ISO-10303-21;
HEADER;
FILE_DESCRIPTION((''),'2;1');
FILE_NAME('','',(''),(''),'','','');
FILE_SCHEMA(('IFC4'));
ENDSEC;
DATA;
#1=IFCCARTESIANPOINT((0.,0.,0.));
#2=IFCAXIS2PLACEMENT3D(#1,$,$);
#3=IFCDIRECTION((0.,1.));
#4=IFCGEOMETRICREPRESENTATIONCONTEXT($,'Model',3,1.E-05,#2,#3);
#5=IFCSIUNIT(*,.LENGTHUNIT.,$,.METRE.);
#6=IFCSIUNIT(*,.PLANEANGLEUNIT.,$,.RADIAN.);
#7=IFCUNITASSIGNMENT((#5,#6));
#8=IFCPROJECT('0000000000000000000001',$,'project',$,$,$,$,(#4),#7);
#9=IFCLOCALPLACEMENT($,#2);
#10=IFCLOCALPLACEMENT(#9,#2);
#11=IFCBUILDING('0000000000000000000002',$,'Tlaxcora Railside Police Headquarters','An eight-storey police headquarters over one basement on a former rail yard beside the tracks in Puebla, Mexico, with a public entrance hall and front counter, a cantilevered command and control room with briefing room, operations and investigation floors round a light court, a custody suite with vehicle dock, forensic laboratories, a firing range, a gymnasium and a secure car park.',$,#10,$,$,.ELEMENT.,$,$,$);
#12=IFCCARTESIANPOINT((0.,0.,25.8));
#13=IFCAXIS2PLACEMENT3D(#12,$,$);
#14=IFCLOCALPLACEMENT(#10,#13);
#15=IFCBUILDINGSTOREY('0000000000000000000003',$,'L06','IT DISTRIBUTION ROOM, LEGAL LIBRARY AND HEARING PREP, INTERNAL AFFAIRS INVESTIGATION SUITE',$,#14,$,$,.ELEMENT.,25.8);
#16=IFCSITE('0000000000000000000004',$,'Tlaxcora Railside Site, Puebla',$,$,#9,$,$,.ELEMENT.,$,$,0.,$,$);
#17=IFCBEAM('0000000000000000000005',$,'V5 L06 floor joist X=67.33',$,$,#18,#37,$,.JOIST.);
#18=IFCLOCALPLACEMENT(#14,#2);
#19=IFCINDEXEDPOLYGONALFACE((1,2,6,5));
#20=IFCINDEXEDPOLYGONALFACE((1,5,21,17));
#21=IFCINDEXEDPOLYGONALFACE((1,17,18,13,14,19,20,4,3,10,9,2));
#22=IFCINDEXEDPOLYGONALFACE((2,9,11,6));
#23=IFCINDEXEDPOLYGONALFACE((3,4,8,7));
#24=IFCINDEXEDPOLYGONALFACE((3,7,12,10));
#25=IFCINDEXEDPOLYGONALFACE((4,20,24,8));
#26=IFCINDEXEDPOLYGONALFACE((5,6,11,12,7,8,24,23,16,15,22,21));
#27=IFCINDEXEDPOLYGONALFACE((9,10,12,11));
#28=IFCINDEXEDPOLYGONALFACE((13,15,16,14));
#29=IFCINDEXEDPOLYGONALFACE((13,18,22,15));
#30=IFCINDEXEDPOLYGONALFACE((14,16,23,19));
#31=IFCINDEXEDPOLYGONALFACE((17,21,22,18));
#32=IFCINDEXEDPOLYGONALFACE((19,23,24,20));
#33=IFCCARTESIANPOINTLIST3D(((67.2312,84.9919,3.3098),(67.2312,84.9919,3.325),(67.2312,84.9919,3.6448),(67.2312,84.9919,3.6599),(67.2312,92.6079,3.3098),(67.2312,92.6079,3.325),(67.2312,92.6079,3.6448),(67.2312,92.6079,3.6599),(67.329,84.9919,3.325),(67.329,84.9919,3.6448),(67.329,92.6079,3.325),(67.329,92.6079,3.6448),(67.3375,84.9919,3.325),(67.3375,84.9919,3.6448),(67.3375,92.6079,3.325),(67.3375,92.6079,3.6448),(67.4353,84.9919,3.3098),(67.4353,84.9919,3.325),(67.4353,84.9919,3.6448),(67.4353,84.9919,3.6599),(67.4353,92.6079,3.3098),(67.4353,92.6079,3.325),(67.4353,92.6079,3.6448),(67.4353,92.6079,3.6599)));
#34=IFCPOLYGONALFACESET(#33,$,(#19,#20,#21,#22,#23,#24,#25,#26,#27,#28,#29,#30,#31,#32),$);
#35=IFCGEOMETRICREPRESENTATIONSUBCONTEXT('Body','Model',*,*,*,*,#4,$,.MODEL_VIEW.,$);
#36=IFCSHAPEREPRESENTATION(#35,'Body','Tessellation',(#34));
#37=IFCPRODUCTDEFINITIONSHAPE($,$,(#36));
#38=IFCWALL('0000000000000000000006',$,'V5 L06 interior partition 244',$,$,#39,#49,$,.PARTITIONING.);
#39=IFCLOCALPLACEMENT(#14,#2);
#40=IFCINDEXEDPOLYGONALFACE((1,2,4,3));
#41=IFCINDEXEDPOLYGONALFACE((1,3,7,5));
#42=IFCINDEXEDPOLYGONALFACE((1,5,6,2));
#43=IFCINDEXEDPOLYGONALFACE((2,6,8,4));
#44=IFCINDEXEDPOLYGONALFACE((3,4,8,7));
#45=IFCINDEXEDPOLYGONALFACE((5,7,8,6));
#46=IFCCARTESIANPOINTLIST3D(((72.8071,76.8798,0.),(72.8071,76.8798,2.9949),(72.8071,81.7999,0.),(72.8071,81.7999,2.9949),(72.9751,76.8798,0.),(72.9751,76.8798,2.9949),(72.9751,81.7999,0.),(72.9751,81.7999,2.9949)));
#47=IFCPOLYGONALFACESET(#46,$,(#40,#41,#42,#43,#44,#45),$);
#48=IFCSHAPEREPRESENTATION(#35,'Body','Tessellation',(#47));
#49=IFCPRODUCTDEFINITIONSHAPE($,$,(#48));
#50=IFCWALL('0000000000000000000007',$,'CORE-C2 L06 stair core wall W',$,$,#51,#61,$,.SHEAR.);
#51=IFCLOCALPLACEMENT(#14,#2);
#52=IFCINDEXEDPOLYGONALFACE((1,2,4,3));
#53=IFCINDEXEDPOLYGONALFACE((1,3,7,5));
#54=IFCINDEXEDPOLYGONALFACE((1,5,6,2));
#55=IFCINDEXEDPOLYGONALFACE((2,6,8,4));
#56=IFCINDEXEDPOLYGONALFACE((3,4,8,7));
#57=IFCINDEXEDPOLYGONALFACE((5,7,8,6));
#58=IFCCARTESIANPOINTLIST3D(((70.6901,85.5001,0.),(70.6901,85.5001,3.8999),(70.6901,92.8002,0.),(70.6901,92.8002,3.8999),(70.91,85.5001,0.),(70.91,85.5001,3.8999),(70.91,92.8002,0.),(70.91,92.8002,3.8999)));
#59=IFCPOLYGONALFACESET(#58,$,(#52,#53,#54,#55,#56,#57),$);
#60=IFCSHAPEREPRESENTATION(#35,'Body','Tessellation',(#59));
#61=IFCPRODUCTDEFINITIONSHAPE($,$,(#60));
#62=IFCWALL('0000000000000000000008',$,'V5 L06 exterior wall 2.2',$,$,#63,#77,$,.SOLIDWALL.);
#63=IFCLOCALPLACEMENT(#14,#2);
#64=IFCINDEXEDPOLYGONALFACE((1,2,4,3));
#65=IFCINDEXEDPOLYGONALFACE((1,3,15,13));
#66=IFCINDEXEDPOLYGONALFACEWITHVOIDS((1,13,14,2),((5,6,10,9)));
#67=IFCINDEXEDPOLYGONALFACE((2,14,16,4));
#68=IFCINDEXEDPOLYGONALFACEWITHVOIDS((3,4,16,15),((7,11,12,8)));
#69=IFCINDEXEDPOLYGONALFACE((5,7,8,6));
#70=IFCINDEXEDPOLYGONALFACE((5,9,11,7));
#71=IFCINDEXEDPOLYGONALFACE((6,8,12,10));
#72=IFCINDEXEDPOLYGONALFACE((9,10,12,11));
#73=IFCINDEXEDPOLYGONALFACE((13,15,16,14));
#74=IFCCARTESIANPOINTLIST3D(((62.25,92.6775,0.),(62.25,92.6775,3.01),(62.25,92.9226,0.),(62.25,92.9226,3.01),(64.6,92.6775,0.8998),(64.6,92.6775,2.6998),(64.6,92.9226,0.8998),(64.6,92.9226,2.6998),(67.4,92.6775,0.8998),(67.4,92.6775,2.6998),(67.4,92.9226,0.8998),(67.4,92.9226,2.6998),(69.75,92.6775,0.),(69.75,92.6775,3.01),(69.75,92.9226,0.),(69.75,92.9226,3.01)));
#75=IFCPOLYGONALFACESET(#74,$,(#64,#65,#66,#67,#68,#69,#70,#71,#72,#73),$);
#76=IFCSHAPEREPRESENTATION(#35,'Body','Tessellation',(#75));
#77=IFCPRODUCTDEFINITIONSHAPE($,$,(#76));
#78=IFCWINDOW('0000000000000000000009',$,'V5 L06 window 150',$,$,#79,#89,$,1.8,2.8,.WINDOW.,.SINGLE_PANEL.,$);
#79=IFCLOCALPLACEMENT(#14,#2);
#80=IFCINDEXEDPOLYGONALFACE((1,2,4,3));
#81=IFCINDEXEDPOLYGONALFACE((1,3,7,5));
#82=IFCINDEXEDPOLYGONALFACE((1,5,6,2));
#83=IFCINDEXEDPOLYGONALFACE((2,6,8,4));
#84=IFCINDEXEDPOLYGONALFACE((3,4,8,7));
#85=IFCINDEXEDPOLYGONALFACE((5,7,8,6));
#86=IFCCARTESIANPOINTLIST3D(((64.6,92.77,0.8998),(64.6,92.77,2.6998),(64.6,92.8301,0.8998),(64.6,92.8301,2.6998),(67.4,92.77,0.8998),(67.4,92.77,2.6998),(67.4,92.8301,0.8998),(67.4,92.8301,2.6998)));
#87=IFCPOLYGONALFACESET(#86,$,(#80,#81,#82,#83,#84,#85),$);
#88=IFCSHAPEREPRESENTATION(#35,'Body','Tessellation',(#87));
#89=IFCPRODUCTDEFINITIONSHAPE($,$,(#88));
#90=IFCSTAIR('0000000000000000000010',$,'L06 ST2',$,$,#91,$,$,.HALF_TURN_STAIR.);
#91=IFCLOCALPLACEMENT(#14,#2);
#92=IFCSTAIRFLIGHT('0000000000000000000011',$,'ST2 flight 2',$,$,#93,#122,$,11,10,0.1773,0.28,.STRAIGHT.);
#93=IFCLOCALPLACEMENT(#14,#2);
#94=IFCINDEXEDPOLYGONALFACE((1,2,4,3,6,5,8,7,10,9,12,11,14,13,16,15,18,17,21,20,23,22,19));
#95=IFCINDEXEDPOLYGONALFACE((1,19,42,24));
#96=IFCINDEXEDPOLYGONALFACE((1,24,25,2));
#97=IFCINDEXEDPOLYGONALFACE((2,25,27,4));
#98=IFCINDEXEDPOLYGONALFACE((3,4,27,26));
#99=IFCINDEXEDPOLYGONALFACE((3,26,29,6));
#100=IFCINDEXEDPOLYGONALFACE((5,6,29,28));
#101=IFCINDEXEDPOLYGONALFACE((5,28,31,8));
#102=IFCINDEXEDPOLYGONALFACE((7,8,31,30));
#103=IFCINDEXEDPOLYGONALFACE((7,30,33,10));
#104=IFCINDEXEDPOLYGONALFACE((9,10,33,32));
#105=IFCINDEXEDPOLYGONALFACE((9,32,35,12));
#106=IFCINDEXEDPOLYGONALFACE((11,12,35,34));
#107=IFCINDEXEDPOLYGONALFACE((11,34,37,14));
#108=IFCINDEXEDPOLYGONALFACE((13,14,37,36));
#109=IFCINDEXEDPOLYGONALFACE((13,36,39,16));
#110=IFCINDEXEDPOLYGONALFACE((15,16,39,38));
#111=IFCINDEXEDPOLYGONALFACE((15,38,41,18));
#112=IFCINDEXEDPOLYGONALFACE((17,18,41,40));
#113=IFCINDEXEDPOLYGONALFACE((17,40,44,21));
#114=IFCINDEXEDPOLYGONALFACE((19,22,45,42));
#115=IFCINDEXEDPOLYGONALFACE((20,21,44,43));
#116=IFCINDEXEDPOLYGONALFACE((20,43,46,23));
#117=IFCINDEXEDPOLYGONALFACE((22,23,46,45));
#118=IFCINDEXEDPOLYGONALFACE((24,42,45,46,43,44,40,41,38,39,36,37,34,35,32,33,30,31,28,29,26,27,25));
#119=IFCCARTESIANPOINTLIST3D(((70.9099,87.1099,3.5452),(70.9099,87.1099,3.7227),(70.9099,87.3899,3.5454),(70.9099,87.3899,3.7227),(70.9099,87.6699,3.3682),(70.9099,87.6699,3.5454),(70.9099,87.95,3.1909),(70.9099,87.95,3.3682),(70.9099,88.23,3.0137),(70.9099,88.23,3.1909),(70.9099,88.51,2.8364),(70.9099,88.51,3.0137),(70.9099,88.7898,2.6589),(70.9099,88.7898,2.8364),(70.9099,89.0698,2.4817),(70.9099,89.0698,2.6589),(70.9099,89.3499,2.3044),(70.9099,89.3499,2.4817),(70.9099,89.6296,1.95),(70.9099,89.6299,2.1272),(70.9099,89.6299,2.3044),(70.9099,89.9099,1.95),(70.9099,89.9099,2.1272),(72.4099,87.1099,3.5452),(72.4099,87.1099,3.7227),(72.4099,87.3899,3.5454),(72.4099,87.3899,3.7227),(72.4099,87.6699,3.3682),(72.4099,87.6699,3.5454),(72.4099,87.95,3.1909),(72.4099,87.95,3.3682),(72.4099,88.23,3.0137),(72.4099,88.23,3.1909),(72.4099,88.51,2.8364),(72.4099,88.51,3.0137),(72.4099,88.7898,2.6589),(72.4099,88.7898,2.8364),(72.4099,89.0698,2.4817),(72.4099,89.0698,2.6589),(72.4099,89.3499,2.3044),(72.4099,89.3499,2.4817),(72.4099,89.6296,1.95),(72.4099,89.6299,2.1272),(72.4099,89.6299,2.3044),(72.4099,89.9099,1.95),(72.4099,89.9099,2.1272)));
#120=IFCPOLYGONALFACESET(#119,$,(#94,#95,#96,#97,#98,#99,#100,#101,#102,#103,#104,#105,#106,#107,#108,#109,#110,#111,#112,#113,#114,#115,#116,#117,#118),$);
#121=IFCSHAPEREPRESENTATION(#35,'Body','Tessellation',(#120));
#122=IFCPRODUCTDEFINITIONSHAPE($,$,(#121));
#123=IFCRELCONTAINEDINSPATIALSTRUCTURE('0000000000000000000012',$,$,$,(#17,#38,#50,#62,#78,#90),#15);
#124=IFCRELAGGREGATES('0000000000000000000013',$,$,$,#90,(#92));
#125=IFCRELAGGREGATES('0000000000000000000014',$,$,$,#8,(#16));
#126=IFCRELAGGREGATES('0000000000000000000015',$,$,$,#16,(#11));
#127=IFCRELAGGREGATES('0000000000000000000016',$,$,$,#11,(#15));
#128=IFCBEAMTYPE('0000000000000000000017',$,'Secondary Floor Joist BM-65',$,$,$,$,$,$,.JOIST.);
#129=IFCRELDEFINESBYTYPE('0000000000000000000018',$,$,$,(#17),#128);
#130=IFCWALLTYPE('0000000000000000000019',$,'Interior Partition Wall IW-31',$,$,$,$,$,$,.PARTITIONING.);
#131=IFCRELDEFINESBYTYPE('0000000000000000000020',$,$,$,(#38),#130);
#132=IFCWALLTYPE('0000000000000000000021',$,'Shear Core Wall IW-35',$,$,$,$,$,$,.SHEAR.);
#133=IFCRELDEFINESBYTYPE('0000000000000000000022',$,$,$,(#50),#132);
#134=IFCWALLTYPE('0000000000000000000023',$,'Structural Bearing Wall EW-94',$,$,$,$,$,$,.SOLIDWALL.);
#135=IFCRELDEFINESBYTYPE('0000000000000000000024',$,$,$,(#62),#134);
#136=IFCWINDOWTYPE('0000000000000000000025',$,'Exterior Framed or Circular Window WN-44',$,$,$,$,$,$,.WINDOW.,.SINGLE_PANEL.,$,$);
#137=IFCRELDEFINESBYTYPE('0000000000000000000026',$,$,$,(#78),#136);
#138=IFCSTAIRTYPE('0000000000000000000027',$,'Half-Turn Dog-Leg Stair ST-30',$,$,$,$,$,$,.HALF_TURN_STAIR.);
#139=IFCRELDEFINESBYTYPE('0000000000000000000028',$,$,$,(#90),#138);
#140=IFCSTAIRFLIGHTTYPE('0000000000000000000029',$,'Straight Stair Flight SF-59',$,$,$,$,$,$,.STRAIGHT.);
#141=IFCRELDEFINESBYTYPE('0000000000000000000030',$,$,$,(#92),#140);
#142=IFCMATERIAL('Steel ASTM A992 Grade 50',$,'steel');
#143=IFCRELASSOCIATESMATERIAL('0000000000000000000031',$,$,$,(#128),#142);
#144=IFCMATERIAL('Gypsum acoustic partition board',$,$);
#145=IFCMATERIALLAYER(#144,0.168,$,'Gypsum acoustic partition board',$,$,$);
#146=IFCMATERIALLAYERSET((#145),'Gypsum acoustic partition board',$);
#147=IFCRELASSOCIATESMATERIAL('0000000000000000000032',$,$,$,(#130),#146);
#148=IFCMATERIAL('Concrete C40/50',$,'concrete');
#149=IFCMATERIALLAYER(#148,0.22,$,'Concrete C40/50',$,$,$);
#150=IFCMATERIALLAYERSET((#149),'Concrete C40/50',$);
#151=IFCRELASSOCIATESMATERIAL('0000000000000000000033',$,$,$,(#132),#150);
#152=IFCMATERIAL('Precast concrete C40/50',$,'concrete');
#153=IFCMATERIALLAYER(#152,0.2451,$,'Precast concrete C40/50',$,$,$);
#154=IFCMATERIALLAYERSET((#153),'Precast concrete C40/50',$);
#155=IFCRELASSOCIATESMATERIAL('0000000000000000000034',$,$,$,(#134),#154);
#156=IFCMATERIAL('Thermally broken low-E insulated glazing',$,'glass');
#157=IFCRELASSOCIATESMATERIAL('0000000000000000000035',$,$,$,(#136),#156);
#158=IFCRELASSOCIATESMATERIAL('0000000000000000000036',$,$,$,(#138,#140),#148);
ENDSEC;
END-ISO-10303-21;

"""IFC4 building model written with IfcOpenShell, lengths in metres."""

from ifc_helpers import new_model, si_unit, direction, frame, frame_2d, origin, origin_2d, place, context, subcontext, project, spatial, polyline, rectangle, i_section, outline, extrude, material, layer, layer_set, material_profile, profile_set, type_object, element, fill, aggregate, save


model = new_model("IFC4")

# Units and contexts
model_context = context("Model", 3, precision=1e-05, world=origin(), true_north=direction((0.0, 1.0)))
body_context = subcontext(model_context, "Body", "Model", "MODEL_VIEW")
ifc_project = project(units=[si_unit("LENGTHUNIT", "METRE"), si_unit("PLANEANGLEUNIT", "RADIAN")], contexts=[model_context])

# Site, building, storey
site_placement = place(None, origin())
site = spatial("IfcSite", under=ifc_project, at=site_placement, Name="Tlaxcora Railside Site, Puebla", CompositionType="ELEMENT", RefElevation=0.0)
building_placement = place(site_placement, origin())
building = spatial("IfcBuilding", under=site, at=building_placement, Name="Tlaxcora Railside Police Headquarters", Description="An eight-storey police headquarters over one basement on a former rail yard beside the tracks in Puebla, Mexico, with a public entrance hall and front counter, a cantilevered command and control room with briefing room, operations and investigation floors round a light court, a custody suite with vehicle dock, forensic laboratories, a firing range, a gymnasium and a secure car park.", CompositionType="ELEMENT")
storey_placement = place(building_placement, frame((0.0, 0.0, 25.8)))
storey = spatial("IfcBuildingStorey", under=building, at=storey_placement, Name="L06", Description="IT DISTRIBUTION ROOM, LEGAL LIBRARY AND HEARING PREP, INTERNAL AFFAIRS INVESTIGATION SUITE", CompositionType="ELEMENT", Elevation=25.8)

# Shared definitions
ifc_material_1 = material(Name="Concrete C40/50", Category="concrete")

# Shared definitions
ifc_material_2 = material(Name="Thermally broken low-E insulated glazing", Category="glass")

# Beam
ifc_material_3 = material(Name="Steel ASTM A992 Grade 50", Category="steel")
ifc_material_profile_1 = material_profile(ifc_material_3, i_section(OverallWidth=0.2041, OverallDepth=0.3501, WebThickness=0.0085, FlangeThickness=0.0151, at=origin_2d()), Name="W14X48")
ifc_profile_set_1 = profile_set([ifc_material_profile_1], Name="Steel ASTM A992 Grade 50")
beam_type_1 = type_object("IfcBeamType", Name="Secondary Floor Joist BM-65", PredefinedType="JOIST", material=ifc_profile_set_1)
beam_1_placement = place(storey_placement, frame((67.3333, 84.9919, 3.4849), z_axis=(0.0, 1.0, 0.0), x_axis=(-1.0, 0.0, 0.0)))
element("IfcBeam", 1, at=beam_1_placement, inside=storey, type_object=beam_type_1, Name="V5 L06 floor joist X=67.33", PredefinedType="JOIST", context=body_context, shape_type="SweptSolid", body=[
    extrude(i_section(OverallWidth=0.2041, OverallDepth=0.3501, WebThickness=0.0085, FlangeThickness=0.0151, at=origin_2d()), origin(), (0.0, 0.0, 1.0), 7.616),
])

# Wall
ifc_material_4 = material(Name="Gypsum acoustic partition board")
ifc_layer_1 = layer(ifc_material_4, 0.168, Name="Gypsum acoustic partition board")
ifc_layer_set_1 = layer_set([ifc_layer_1], Name="Gypsum acoustic partition board")
wall_type_1 = type_object("IfcWallType", Name="Interior Partition Wall IW-31", PredefinedType="PARTITIONING", material=ifc_layer_set_1)
wall_1_placement = place(storey_placement, frame((72.8911, 76.8799, 0.0), z_axis=(0.0, 0.0, 1.0), x_axis=(0.0, 1.0, 0.0)))
element("IfcWall", 2, at=wall_1_placement, inside=storey, type_object=wall_type_1, Name="V5 L06 interior partition 244", PredefinedType="PARTITIONING", context=body_context, shape_type="SweptSolid", body=[
    extrude(rectangle(XDim=4.9202, YDim=0.168, at=frame_2d((2.46, 0.0))), origin(), (0.0, 0.0, 1.0), 2.9949),
])

# Shared definitions
ifc_layer_2 = layer(ifc_material_1, 0.22, Name="Concrete C40/50")
ifc_layer_set_2 = layer_set([ifc_layer_2], Name="Concrete C40/50")
wall_type_2 = type_object("IfcWallType", Name="Shear Core Wall IW-35", PredefinedType="SHEAR", material=ifc_layer_set_2)

# Wall
wall_2_placement = place(storey_placement, frame((70.8, 92.8, 0.0), z_axis=(0.0, 0.0, 1.0), x_axis=(0.0, -1.0, 0.0)))
element("IfcWall", 3, at=wall_2_placement, inside=storey, type_object=wall_type_2, Name="CORE-C2 L06 stair core wall W", PredefinedType="SHEAR", context=body_context, shape_type="SweptSolid", body=[
    extrude(rectangle(XDim=7.3, YDim=0.22, at=frame_2d((3.6499, 0.0))), origin(), (0.0, 0.0, 1.0), 3.8999),
])

# Wall, opening, window
ifc_material_5 = material(Name="Precast concrete C40/50", Category="concrete")
ifc_layer_3 = layer(ifc_material_5, 0.2451, Name="Precast concrete C40/50")
ifc_layer_set_3 = layer_set([ifc_layer_3], Name="Precast concrete C40/50")
wall_type_3 = type_object("IfcWallType", Name="Structural Bearing Wall EW-94", PredefinedType="SOLIDWALL", material=ifc_layer_set_3)
wall_3_placement = place(storey_placement, frame((69.75, 92.8, 0.0), z_axis=(0.0, 0.0, 1.0), x_axis=(-1.0, 0.0, 0.0)))
wall_3 = element("IfcWall", 4, at=wall_3_placement, inside=storey, type_object=wall_type_3, Name="V5 L06 exterior wall 2.2", PredefinedType="SOLIDWALL", context=body_context, shape_type="SweptSolid", body=[
    extrude(rectangle(XDim=7.5, YDim=0.2451, at=frame_2d((3.75, 0.0))), origin(), (0.0, 0.0, 1.0), 3.01),
])
opening_1_placement = place(wall_3_placement, frame((2.3501, 0.0, 0.8999)))
opening_1 = element("IfcOpeningElement", 5, at=opening_1_placement, cuts=wall_3, PredefinedType="OPENING", context=body_context, shape_type="SweptSolid", body=[
    extrude(rectangle(XDim=2.8, YDim=1.8, at=frame_2d((1.3999, 0.8999))), frame((0.0, 0.1326, 0.0), z_axis=(0.0, -1.0, 0.0), x_axis=(1.0, 0.0, 0.0)), (0.0, 0.0, 1.0), 0.2651),
])
window_type = type_object("IfcWindowType", Name="Exterior Framed or Circular Window WN-44", PartitioningType="SINGLE_PANEL", PredefinedType="WINDOW", material=ifc_material_2)
window_placement = place(opening_1_placement, origin())
window = element("IfcWindow", 6, at=window_placement, inside=storey, type_object=window_type, Name="V5 L06 window 150", OverallHeight=1.8, OverallWidth=2.8, PartitioningType="SINGLE_PANEL", PredefinedType="WINDOW", context=body_context, shape_type="SweptSolid", body=[
    extrude(rectangle(XDim=2.8, YDim=1.8, at=frame_2d((1.3999, 0.8999))), frame((0.0, 0.03, 0.0), z_axis=(0.0, -1.0, 0.0), x_axis=(1.0, 0.0, 0.0)), (0.0, 0.0, 1.0), 0.0601),
])
fill(opening_1, window)

# Stair, stair flight
stair_type = type_object("IfcStairType", Name="Half-Turn Dog-Leg Stair ST-30", PredefinedType="HALF_TURN_STAIR", material=ifc_material_1)
stair_placement = place(storey_placement, origin())
stair = element("IfcStair", 7, at=stair_placement, inside=storey, type_object=stair_type, Name="L06 ST2", PredefinedType="HALF_TURN_STAIR")
stair_flight_type = type_object("IfcStairFlightType", Name="Straight Stair Flight SF-59", PredefinedType="STRAIGHT", material=ifc_material_1)
stair_flight_placement = place(storey_placement, frame((71.6599, 89.9099, 1.95), z_axis=(0.0, 0.0, 1.0), x_axis=(0.0, -1.0, 0.0)))
stair_flight = element("IfcStairFlight", 8, at=stair_flight_placement, type_object=stair_flight_type, Name="ST2 flight 2", NumberOfRisers=11, NumberOfTreads=10, PredefinedType="STRAIGHT", RiserHeight=0.1773, TreadLength=0.28, context=body_context, shape_type="SweptSolid", body=[
    extrude(outline(polyline([(0.0, 0.0), (0.0, 0.1772), (0.28, 0.1772), (0.28, 0.3545), (0.5601, 0.3545), (0.5601, 0.5317), (0.8401, 0.5317), (0.8401, 0.709), (1.1201, 0.709), (1.1201, 0.8865), (1.3999, 0.8865), (1.3999, 1.0637), (1.6799, 1.0637), (1.6799, 1.241), (1.96, 1.241), (1.96, 1.4182), (2.24, 1.4182), (2.24, 1.5955), (2.52, 1.5955), (2.52, 1.7727), (2.8, 1.7727), (2.8, 1.95), (2.8, 1.5952), (0.2803, 0.0), (0.0, 0.0)])), frame((0.0, 0.75, 0.0), z_axis=(0.0, -1.0, 0.0), x_axis=(1.0, 0.0, 0.0)), (0.0, 0.0, 1.0), 1.5),
])
aggregate(stair, [stair_flight])

save(model, "model.ifc")
